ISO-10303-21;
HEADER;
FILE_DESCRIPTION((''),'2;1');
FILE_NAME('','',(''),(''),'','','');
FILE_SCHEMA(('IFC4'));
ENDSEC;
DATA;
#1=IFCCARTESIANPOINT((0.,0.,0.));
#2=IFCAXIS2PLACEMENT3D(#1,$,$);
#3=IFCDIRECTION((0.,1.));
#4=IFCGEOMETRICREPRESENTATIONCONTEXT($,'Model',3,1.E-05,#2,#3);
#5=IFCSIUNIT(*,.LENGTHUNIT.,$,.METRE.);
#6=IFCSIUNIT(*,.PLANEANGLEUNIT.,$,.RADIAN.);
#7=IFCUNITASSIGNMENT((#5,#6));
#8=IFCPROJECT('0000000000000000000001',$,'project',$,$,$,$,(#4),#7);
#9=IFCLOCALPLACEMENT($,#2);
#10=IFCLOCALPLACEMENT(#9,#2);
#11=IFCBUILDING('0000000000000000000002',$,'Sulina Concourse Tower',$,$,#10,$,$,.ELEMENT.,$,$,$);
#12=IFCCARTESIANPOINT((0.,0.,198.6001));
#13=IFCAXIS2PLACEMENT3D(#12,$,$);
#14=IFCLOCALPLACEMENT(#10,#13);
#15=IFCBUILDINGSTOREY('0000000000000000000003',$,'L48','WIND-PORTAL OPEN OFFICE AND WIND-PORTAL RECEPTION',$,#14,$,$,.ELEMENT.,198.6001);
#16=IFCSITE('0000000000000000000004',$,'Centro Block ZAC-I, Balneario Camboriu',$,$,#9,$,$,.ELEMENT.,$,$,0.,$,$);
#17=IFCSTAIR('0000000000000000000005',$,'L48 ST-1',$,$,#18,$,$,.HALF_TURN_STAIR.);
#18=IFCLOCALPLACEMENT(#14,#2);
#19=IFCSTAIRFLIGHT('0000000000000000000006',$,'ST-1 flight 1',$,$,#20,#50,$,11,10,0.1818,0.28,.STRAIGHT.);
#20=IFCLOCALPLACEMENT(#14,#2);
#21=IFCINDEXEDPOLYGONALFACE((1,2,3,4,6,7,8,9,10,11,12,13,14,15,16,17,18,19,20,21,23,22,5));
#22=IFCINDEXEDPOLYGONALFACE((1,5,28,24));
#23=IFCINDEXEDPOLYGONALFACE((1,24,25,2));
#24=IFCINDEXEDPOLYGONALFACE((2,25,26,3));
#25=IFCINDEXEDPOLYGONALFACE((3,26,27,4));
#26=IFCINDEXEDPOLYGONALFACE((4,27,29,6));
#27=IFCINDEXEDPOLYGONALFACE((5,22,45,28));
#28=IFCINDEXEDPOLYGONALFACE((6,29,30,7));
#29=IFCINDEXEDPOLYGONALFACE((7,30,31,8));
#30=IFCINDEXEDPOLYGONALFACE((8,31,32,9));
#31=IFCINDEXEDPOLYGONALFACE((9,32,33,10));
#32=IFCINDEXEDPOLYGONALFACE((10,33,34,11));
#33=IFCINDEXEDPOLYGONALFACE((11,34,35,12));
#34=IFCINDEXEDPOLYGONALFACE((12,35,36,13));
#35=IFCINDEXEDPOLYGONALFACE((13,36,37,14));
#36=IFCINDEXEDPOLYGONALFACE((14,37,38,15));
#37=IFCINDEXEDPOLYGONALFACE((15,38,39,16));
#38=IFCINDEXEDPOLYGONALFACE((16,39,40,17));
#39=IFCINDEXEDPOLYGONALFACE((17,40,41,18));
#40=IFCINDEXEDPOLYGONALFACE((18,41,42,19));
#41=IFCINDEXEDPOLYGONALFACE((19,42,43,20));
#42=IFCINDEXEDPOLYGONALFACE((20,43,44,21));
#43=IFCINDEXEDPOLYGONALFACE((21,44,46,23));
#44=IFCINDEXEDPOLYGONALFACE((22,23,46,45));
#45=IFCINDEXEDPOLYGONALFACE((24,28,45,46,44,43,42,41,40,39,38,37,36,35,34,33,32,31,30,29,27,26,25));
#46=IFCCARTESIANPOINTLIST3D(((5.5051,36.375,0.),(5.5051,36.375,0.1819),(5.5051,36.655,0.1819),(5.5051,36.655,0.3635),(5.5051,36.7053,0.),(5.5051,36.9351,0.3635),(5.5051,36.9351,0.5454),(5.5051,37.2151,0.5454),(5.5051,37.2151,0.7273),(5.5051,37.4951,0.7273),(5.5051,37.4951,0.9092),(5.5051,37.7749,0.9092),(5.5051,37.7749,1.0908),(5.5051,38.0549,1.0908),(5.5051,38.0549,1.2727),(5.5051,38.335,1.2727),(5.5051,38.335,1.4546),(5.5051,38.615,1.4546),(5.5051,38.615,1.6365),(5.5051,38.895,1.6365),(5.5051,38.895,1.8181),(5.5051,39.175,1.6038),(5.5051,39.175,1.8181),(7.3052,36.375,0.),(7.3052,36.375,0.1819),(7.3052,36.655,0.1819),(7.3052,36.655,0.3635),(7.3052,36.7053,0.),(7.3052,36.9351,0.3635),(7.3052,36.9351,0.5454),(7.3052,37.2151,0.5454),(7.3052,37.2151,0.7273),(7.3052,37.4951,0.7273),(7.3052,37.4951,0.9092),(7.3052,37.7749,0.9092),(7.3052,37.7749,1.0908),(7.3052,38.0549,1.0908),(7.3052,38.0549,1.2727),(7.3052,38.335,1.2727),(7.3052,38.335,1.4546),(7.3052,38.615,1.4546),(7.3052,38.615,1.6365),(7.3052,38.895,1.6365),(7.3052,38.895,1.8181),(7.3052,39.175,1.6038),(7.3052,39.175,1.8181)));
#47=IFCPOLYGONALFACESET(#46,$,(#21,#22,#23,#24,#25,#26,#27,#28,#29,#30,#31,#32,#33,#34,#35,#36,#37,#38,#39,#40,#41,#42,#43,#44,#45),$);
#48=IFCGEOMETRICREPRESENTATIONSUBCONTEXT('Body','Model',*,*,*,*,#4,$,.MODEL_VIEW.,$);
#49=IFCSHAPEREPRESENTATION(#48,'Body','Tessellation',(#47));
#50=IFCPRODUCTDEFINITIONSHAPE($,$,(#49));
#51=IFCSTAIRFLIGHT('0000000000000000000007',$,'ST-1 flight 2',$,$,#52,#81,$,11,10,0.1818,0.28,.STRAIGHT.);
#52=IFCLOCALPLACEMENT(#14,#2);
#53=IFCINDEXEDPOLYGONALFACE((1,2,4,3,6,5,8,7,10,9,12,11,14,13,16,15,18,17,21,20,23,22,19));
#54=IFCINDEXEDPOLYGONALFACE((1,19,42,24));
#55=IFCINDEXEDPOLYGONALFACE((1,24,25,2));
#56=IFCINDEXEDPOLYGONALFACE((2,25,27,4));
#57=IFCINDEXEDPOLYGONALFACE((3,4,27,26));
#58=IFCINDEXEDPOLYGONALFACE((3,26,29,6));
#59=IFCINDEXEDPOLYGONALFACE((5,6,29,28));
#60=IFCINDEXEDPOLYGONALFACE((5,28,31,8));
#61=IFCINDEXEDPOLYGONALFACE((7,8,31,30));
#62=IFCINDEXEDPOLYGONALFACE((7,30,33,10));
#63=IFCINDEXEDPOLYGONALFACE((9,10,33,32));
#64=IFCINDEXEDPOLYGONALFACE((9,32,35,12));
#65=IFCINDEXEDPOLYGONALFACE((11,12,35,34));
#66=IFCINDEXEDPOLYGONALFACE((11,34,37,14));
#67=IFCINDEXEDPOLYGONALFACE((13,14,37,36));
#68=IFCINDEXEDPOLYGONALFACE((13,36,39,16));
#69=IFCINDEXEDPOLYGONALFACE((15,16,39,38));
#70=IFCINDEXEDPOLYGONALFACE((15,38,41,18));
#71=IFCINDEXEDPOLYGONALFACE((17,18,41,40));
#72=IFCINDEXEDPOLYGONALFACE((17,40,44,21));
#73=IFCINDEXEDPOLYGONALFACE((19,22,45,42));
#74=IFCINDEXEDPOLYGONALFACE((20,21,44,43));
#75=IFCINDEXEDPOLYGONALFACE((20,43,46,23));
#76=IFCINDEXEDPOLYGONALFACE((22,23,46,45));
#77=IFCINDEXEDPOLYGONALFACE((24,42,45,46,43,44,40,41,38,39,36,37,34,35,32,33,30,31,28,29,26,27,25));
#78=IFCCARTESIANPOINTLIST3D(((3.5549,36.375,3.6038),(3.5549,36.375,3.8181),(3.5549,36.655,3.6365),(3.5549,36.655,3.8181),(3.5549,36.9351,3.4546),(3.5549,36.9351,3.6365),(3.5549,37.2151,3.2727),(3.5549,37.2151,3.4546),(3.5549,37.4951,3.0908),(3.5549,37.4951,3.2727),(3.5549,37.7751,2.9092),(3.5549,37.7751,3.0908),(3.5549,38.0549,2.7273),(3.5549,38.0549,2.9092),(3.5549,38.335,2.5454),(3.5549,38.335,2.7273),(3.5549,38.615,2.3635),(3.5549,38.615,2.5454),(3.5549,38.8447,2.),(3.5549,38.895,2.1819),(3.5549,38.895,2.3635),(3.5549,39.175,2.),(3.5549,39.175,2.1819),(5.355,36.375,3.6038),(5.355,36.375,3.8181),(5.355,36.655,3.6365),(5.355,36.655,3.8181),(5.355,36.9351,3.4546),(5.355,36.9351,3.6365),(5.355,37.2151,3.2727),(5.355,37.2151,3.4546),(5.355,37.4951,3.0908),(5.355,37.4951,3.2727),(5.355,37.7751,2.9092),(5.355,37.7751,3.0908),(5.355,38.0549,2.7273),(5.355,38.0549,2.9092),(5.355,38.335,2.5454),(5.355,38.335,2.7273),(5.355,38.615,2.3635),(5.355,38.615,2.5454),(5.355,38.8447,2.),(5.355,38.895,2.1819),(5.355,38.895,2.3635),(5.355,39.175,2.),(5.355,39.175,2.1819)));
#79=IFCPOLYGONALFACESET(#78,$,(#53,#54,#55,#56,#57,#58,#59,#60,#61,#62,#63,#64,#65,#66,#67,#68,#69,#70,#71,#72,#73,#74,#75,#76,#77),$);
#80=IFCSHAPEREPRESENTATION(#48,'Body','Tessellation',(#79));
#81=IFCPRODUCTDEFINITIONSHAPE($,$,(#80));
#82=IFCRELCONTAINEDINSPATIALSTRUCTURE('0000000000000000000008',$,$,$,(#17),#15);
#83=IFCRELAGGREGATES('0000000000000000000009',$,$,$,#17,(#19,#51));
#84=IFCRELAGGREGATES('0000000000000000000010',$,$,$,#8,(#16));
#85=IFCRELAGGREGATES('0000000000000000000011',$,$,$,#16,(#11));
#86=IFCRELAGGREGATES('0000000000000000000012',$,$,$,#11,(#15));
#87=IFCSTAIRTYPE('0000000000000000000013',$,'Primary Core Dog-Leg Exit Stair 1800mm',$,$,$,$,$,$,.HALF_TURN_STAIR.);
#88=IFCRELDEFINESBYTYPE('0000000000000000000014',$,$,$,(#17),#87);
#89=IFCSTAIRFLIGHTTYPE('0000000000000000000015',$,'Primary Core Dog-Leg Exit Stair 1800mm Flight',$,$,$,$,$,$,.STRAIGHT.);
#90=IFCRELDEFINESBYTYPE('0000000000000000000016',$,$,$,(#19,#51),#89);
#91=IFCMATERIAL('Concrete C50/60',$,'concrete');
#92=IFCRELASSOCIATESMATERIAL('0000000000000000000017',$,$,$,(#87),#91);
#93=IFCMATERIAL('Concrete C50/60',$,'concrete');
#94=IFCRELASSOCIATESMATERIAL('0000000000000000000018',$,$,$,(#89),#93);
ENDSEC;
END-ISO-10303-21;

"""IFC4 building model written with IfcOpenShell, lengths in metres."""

from ifc_helpers import new_model, si_unit, direction, frame, origin, place, context, subcontext, project, spatial, polyline, outline, extrude, material, type_object, element, aggregate, save


model = new_model("IFC4")

# Units and contexts
model_context = context("Model", 3, precision=1e-05, world=origin(), true_north=direction((0.0, 1.0)))
body_context = subcontext(model_context, "Body", "Model", "MODEL_VIEW")
ifc_project = project(units=[si_unit("LENGTHUNIT", "METRE"), si_unit("PLANEANGLEUNIT", "RADIAN")], contexts=[model_context])

# Site, building, storey
site_placement = place(None, origin())
site = spatial("IfcSite", under=ifc_project, at=site_placement, Name="Centro Block ZAC-I, Balneario Camboriu", CompositionType="ELEMENT", RefElevation=0.0)
building_placement = place(site_placement, origin())
building = spatial("IfcBuilding", under=site, at=building_placement, Name="Sulina Concourse Tower", CompositionType="ELEMENT")
storey_placement = place(building_placement, frame((0.0, 0.0, 198.6001)))
storey = spatial("IfcBuildingStorey", under=building, at=storey_placement, Name="L48", Description="WIND-PORTAL OPEN OFFICE AND WIND-PORTAL RECEPTION", CompositionType="ELEMENT", Elevation=198.6001)

# Stair, stair flights
ifc_material_1 = material(Name="Concrete C50/60", Category="concrete")
stair_type = type_object("IfcStairType", Name="Primary Core Dog-Leg Exit Stair 1800mm", PredefinedType="HALF_TURN_STAIR", material=ifc_material_1)
stair_placement = place(storey_placement, origin())
stair = element("IfcStair", 1, at=stair_placement, inside=storey, type_object=stair_type, Name="L48 ST-1", PredefinedType="HALF_TURN_STAIR")
ifc_material_2 = material(Name="Concrete C50/60", Category="concrete")
stair_flight_type = type_object("IfcStairFlightType", Name="Primary Core Dog-Leg Exit Stair 1800mm Flight", PredefinedType="STRAIGHT", material=ifc_material_2)
stair_flight_1_placement = place(storey_placement, frame((6.405, 36.375, 0.0), z_axis=(0.0, 0.0, 1.0), x_axis=(0.0, 1.0, 0.0)))
stair_flight_1 = element("IfcStairFlight", 2, at=stair_flight_1_placement, type_object=stair_flight_type, Name="ST-1 flight 1", NumberOfRisers=11, NumberOfTreads=10, PredefinedType="STRAIGHT", RiserHeight=0.1818, TreadLength=0.28, context=body_context, shape_type="SweptSolid", body=[
    extrude(outline(polyline([(0.0, 0.0), (0.0, 0.1819), (0.28, 0.1819), (0.28, 0.3635), (0.5601, 0.3635), (0.5601, 0.5454), (0.8401, 0.5454), (0.8401, 0.7273), (1.1201, 0.7273), (1.1201, 0.9092), (1.3999, 0.9092), (1.3999, 1.0908), (1.6799, 1.0908), (1.6799, 1.2727), (1.96, 1.2727), (1.96, 1.4546), (2.24, 1.4546), (2.24, 1.6365), (2.52, 1.6365), (2.52, 1.8181), (2.8, 1.8181), (2.8, 2.0), (2.8, 1.6038), (0.3303, 0.0), (0.0, 0.0)])), frame((0.0, 0.8999, 0.0), z_axis=(0.0, -1.0, 0.0), x_axis=(1.0, 0.0, 0.0)), (0.0, 0.0, 1.0), 1.8),
])
stair_flight_2_placement = place(storey_placement, frame((4.4551, 39.175, 2.0), z_axis=(0.0, 0.0, 1.0), x_axis=(0.0, -1.0, 0.0)))
stair_flight_2 = element("IfcStairFlight", 3, at=stair_flight_2_placement, type_object=stair_flight_type, Name="ST-1 flight 2", NumberOfRisers=11, NumberOfTreads=10, PredefinedType="STRAIGHT", RiserHeight=0.1818, TreadLength=0.28, context=body_context, shape_type="SweptSolid", body=[
    extrude(outline(polyline([(0.0, 0.0), (0.0, 0.1819), (0.28, 0.1819), (0.28, 0.3635), (0.5601, 0.3635), (0.5601, 0.5454), (0.8401, 0.5454), (0.8401, 0.7273), (1.1201, 0.7273), (1.1201, 0.9092), (1.3999, 0.9092), (1.3999, 1.0908), (1.6799, 1.0908), (1.6799, 1.2727), (1.96, 1.2727), (1.96, 1.4546), (2.24, 1.4546), (2.24, 1.6365), (2.52, 1.6365), (2.52, 1.8181), (2.8, 1.8181), (2.8, 2.0), (2.8, 1.6038), (0.3303, 0.0), (0.0, 0.0)])), frame((0.0, 0.8999, 0.0), z_axis=(0.0, -1.0, 0.0), x_axis=(1.0, 0.0, 0.0)), (0.0, 0.0, 1.0), 1.8),
])
aggregate(stair, [stair_flight_1, stair_flight_2])

save(model, "model.ifc")
